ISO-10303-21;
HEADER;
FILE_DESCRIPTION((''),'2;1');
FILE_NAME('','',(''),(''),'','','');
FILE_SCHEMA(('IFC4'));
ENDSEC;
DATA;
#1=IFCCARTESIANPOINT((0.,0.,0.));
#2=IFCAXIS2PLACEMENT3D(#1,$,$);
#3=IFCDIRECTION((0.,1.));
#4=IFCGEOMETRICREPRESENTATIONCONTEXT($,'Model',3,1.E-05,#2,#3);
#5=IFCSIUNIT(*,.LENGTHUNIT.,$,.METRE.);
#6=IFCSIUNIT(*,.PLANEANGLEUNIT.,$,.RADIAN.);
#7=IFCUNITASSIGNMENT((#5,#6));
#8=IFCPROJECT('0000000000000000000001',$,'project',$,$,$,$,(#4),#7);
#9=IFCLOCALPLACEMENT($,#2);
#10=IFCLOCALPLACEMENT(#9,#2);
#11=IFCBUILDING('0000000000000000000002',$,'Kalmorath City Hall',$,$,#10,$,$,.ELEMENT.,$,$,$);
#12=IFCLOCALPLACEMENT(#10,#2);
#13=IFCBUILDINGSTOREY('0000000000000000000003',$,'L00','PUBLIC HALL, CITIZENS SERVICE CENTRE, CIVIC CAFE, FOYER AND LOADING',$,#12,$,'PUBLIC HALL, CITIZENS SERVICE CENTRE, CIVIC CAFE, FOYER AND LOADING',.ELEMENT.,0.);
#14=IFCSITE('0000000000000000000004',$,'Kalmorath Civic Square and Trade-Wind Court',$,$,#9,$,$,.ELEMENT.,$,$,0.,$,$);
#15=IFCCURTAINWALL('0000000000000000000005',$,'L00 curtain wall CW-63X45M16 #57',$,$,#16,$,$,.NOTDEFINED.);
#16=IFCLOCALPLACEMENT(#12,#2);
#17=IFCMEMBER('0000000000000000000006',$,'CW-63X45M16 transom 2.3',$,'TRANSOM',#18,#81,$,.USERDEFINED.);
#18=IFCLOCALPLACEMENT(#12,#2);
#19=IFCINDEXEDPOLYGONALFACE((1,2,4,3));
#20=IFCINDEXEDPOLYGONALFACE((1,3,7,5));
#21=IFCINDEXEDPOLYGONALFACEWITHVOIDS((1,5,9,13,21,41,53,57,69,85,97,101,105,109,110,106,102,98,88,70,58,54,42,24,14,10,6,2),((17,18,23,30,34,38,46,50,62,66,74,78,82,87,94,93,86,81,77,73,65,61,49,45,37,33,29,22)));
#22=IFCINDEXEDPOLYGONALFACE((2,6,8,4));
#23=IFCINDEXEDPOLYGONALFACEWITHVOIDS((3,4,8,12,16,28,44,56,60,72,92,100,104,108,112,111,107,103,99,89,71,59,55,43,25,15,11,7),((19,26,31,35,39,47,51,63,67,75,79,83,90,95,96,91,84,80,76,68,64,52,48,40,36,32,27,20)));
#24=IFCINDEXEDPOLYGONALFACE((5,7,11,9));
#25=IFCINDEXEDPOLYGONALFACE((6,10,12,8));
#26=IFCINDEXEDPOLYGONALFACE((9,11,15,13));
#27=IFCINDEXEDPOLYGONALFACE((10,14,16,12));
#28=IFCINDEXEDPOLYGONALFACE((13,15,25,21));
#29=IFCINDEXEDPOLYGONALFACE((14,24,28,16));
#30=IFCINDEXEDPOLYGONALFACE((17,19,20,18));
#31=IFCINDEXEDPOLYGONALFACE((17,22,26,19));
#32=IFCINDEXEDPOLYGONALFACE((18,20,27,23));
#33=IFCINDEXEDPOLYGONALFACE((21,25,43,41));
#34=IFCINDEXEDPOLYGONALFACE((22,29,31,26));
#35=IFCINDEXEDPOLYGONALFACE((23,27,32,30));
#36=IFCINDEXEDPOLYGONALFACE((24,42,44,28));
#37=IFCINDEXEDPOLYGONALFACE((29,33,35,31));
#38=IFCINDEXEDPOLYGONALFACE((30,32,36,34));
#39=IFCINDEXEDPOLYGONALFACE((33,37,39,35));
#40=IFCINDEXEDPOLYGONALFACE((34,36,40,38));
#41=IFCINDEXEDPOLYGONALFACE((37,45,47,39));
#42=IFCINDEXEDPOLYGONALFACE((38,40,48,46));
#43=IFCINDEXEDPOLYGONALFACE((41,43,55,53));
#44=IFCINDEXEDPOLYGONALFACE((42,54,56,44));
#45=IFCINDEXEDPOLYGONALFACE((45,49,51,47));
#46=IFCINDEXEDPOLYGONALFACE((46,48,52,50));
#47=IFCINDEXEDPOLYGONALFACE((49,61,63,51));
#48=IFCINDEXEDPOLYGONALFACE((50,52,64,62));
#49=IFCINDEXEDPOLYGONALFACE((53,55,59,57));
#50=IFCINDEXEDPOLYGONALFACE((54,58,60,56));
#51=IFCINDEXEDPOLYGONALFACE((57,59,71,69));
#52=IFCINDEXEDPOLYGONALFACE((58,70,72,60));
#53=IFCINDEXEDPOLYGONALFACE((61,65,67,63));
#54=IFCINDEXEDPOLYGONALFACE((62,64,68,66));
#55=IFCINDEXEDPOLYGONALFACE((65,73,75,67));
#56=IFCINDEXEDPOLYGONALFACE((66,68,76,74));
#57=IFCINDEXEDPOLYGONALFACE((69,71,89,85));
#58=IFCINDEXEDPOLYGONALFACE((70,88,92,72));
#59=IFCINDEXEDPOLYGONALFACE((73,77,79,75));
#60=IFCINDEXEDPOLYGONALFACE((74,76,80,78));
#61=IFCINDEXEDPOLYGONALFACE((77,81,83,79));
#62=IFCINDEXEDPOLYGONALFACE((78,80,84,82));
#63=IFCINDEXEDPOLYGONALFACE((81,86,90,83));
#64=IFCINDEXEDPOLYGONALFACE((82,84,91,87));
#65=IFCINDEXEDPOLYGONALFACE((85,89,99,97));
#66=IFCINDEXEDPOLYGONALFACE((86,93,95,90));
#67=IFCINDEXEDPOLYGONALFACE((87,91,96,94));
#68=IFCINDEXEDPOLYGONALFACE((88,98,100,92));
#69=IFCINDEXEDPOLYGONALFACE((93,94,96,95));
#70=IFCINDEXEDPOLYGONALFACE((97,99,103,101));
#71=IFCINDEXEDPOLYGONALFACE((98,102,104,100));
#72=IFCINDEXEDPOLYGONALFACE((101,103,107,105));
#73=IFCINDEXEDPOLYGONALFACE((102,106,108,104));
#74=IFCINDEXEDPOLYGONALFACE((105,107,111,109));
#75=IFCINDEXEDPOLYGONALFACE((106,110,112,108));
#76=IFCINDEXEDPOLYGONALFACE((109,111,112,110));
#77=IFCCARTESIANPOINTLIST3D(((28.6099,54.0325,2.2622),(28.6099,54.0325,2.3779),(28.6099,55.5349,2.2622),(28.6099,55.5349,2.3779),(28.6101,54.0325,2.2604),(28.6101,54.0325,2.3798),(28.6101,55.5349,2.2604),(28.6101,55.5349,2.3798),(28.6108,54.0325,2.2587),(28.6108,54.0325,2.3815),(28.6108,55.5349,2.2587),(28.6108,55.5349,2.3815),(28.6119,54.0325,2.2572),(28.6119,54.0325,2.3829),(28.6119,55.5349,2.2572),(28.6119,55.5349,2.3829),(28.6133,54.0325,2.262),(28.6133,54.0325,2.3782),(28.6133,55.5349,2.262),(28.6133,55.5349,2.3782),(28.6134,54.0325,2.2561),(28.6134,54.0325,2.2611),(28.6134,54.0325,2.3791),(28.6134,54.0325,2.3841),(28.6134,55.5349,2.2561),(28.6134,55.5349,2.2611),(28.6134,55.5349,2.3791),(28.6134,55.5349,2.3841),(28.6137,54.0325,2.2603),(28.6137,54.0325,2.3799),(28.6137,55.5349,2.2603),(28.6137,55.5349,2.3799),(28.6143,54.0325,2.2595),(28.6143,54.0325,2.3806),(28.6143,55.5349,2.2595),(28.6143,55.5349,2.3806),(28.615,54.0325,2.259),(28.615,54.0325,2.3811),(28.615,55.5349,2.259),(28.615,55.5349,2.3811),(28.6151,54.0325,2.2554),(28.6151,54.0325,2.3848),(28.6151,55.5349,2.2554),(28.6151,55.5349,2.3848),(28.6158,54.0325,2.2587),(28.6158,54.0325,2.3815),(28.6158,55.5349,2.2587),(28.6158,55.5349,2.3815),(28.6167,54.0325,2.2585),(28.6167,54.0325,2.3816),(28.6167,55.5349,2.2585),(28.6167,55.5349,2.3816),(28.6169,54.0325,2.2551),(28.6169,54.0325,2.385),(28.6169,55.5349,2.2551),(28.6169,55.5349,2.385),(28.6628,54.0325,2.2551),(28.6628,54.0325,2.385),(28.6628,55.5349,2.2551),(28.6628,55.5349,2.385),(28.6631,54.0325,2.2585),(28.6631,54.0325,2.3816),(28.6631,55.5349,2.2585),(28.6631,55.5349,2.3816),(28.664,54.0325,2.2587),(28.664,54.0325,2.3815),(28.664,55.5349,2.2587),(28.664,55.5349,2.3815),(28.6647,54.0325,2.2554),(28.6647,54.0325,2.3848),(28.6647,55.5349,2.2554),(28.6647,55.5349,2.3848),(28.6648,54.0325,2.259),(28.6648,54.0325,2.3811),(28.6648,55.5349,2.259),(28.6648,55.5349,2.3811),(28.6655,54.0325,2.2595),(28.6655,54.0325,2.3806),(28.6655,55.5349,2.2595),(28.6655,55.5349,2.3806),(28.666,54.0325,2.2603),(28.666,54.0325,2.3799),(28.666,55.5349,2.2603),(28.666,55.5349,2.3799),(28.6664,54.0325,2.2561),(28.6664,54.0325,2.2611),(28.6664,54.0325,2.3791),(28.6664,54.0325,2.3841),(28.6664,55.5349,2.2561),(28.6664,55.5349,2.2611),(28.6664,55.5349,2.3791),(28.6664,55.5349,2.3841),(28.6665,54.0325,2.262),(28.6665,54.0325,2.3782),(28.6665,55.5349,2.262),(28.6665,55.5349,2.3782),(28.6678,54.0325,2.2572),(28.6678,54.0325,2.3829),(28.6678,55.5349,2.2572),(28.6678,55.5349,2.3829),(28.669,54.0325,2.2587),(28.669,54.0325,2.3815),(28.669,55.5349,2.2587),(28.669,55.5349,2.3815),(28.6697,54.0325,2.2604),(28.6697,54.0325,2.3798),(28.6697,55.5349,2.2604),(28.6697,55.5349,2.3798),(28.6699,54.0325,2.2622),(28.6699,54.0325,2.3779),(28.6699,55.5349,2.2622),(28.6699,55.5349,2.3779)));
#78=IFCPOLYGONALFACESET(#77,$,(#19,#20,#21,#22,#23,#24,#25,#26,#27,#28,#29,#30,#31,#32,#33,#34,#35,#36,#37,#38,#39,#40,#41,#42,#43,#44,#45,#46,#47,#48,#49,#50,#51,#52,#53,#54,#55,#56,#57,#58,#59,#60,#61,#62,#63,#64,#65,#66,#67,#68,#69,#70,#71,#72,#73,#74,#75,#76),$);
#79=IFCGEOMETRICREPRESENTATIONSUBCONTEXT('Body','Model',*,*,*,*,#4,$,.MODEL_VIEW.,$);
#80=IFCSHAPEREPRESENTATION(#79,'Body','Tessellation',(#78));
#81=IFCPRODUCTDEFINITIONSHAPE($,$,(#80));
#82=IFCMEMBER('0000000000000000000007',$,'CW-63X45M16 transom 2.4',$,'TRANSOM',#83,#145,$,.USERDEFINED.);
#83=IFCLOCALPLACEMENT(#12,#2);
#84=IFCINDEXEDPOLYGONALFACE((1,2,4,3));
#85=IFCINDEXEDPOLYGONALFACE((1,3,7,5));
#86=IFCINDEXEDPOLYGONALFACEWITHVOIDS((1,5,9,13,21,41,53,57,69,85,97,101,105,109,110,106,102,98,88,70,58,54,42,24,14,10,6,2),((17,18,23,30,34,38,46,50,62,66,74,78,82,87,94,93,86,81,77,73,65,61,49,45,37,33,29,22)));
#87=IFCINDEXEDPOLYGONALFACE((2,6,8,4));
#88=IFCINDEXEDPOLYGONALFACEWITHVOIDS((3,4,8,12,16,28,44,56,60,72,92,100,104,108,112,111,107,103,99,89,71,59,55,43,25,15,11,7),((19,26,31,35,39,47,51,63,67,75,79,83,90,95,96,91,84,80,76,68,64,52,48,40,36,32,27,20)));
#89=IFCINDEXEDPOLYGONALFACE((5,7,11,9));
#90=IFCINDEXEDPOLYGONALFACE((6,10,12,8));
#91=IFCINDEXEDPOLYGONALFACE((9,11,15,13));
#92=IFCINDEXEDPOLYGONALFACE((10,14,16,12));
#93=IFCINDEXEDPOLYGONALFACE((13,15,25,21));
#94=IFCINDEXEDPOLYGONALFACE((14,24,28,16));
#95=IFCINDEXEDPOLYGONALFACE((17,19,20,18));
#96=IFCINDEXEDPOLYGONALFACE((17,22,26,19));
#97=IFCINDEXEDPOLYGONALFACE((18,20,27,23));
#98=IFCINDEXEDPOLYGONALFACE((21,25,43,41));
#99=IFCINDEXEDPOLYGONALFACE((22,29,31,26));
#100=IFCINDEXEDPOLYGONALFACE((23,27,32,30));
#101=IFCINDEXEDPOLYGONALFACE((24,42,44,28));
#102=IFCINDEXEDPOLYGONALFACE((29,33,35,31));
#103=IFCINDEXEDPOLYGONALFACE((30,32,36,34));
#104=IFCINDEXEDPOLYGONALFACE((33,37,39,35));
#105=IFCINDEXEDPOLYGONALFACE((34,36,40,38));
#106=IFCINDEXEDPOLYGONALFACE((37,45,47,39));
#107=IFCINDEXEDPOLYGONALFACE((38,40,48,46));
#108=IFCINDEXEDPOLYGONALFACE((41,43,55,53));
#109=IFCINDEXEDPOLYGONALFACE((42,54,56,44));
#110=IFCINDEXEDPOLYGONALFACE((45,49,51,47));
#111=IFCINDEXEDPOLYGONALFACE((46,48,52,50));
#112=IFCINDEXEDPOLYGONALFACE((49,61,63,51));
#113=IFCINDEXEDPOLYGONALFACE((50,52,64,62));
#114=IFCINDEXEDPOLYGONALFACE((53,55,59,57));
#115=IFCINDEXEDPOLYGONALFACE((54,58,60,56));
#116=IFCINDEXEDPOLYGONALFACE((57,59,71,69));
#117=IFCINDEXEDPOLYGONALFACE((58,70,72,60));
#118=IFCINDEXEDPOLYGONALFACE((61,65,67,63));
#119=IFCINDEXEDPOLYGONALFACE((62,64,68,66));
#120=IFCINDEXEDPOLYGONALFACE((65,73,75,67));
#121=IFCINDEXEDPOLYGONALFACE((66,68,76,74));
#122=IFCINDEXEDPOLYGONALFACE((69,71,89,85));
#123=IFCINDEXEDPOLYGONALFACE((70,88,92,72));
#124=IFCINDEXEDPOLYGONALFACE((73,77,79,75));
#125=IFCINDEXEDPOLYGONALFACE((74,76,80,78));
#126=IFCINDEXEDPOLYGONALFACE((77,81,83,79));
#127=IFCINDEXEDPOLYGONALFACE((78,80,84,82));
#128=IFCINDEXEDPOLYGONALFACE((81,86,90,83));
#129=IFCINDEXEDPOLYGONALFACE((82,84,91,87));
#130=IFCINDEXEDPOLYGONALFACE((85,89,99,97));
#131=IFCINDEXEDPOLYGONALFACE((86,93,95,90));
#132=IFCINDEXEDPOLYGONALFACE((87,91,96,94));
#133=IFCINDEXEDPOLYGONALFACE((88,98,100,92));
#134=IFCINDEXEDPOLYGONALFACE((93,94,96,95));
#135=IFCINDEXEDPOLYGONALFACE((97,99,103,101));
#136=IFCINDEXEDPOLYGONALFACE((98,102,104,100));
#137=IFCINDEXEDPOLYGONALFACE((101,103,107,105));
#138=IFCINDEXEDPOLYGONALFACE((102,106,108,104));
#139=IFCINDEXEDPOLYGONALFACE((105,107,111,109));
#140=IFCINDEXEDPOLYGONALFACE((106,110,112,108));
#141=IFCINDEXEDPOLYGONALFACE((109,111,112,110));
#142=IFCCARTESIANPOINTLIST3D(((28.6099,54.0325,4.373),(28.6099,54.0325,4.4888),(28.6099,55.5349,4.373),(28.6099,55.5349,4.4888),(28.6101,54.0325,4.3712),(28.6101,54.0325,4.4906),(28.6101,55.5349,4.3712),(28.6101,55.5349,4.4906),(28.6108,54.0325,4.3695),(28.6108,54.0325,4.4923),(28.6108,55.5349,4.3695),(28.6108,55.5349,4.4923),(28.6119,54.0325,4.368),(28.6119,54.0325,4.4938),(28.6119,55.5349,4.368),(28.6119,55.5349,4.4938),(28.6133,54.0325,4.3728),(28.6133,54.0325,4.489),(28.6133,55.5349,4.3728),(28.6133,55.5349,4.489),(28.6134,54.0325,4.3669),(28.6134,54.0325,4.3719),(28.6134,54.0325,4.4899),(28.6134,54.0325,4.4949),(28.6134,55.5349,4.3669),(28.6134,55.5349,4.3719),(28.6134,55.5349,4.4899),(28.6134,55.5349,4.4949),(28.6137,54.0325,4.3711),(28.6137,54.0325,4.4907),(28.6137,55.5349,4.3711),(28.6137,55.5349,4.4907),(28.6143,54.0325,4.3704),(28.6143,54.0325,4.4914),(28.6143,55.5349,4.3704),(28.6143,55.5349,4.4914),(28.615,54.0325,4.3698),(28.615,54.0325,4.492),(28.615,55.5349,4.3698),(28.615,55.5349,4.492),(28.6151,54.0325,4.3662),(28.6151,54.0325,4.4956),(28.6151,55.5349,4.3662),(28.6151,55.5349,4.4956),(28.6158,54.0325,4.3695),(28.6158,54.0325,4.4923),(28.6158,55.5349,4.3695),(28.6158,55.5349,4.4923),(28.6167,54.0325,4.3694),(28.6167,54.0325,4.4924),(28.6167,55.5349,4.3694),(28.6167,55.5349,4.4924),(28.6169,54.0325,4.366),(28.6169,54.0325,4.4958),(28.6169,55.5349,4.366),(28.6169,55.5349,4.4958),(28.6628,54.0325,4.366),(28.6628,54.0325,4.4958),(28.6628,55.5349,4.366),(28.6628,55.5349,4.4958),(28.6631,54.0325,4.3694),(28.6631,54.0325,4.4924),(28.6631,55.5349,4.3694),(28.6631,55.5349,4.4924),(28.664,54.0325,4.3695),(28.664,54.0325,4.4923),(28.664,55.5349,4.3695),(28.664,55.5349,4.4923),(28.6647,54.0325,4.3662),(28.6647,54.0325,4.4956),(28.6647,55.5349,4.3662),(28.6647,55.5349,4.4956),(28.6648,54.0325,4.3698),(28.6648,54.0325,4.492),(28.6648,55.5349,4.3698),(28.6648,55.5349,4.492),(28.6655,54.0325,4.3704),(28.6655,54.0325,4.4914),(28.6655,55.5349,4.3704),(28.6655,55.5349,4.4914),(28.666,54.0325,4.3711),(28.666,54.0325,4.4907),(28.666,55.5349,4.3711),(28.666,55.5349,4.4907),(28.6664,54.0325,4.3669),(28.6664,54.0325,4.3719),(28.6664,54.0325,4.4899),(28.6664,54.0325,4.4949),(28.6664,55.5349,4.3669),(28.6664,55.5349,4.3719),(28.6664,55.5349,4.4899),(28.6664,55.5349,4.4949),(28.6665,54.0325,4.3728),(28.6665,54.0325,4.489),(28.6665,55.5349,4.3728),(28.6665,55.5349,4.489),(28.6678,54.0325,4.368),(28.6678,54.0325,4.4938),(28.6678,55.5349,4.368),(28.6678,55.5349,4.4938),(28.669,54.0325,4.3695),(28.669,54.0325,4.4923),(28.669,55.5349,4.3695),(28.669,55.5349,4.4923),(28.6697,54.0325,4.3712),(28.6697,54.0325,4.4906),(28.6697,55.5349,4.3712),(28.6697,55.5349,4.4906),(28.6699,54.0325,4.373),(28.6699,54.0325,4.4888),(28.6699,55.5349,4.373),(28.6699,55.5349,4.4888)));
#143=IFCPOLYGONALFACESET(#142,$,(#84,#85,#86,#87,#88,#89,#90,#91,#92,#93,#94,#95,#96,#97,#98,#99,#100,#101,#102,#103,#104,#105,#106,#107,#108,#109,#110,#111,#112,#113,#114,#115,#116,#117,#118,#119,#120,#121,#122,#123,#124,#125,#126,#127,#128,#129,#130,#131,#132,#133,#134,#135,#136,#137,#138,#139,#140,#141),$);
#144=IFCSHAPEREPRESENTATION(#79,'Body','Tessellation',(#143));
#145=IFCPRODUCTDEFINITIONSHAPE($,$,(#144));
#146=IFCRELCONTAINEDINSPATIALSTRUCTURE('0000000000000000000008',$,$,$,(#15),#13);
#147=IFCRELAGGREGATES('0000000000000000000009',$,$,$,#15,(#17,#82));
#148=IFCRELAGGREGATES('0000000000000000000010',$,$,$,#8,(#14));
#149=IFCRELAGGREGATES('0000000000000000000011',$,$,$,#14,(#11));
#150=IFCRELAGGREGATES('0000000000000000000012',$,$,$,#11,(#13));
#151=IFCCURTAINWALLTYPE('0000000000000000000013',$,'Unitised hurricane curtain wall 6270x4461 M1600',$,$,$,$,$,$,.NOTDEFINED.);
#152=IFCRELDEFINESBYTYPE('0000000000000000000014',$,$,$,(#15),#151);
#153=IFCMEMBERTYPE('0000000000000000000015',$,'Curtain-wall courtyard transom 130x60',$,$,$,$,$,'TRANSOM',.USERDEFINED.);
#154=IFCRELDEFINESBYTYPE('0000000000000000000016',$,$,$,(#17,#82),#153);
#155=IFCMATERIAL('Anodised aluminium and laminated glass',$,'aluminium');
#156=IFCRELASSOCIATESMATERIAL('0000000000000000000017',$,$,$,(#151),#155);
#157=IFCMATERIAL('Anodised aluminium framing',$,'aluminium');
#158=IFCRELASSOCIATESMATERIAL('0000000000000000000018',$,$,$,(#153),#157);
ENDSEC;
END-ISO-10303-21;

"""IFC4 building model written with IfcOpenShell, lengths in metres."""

from ifc_helpers import new_model, si_unit, direction, frame, origin, origin_2d, place, context, subcontext, project, spatial, hollow_rectangle, extrude, material, material_profile, profile_set, type_object, element, aggregate, save


model = new_model("IFC4")

# Units and contexts
model_context = context("Model", 3, precision=1e-05, world=origin(), true_north=direction((0.0, 1.0)))
body_context = subcontext(model_context, "Body", "Model", "MODEL_VIEW")
ifc_project = project(units=[si_unit("LENGTHUNIT", "METRE"), si_unit("PLANEANGLEUNIT", "RADIAN")], contexts=[model_context])

# Site, building, storey
site_placement = place(None, origin())
site = spatial("IfcSite", under=ifc_project, at=site_placement, Name="Kalmorath Civic Square and Trade-Wind Court", CompositionType="ELEMENT", RefElevation=0.0)
building_placement = place(site_placement, origin())
building = spatial("IfcBuilding", under=site, at=building_placement, Name="Kalmorath City Hall", CompositionType="ELEMENT")
storey_placement = place(building_placement, origin())
storey = spatial("IfcBuildingStorey", under=building, at=storey_placement, Name="L00", Description="PUBLIC HALL, CITIZENS SERVICE CENTRE, CIVIC CAFE, FOYER AND LOADING", LongName="PUBLIC HALL, CITIZENS SERVICE CENTRE, CIVIC CAFE, FOYER AND LOADING", CompositionType="ELEMENT", Elevation=0.0)

# Curtain wall, members
ifc_material_1 = material(Name="Anodised aluminium and laminated glass", Category="aluminium")
curtain_wall_type = type_object("IfcCurtainWallType", Name="Unitised hurricane curtain wall 6270x4461 M1600", PredefinedType="NOTDEFINED", material=ifc_material_1)
curtain_wall_placement = place(storey_placement, origin())
curtain_wall = element("IfcCurtainWall", 1, at=curtain_wall_placement, inside=storey, type_object=curtain_wall_type, Name="L00 curtain wall CW-63X45M16 #57", PredefinedType="NOTDEFINED")
ifc_material_2 = material(Name="Anodised aluminium framing", Category="aluminium")
ifc_material_profile_1 = material_profile(ifc_material_2, hollow_rectangle(XDim=0.0601, YDim=0.1299, WallThickness=0.0034, InnerFilletRadius=0.0034, OuterFilletRadius=0.0071, at=origin_2d()), Name="ALU-TRN-130X60X3.5")
ifc_profile_set_1 = profile_set([ifc_material_profile_1], Name="Anodised aluminium framing")
member_type_1 = type_object("IfcMemberType", Name="Curtain-wall courtyard transom 130x60", ElementType="TRANSOM", PredefinedType="USERDEFINED", material=ifc_profile_set_1)
member_1_placement = place(storey_placement, frame((28.6399, 55.5349, 2.3201), z_axis=(0.0, -1.0, 0.0), x_axis=(1.0, 0.0, 0.0)))
member_1 = element("IfcMember", 2, at=member_1_placement, type_object=member_type_1, Name="CW-63X45M16 transom 2.3", ObjectType="TRANSOM", PredefinedType="USERDEFINED", context=body_context, shape_type="SweptSolid", body=[
    extrude(hollow_rectangle(XDim=0.0601, YDim=0.1299, WallThickness=0.0034, InnerFilletRadius=0.0034, OuterFilletRadius=0.0071, at=origin_2d()), origin(), (0.0, 0.0, 1.0), 1.5024),
])
member_2_placement = place(storey_placement, frame((28.6399, 55.5349, 4.4309), z_axis=(0.0, -1.0, 0.0), x_axis=(1.0, 0.0, 0.0)))
member_2 = element("IfcMember", 3, at=member_2_placement, type_object=member_type_1, Name="CW-63X45M16 transom 2.4", ObjectType="TRANSOM", PredefinedType="USERDEFINED", context=body_context, shape_type="SweptSolid", body=[
    extrude(hollow_rectangle(XDim=0.0601, YDim=0.1299, WallThickness=0.0034, InnerFilletRadius=0.0034, OuterFilletRadius=0.0071, at=origin_2d()), origin(), (0.0, 0.0, 1.0), 1.5024),
])

aggregate(curtain_wall, [member_1, member_2])

save(model, "model.ifc")
